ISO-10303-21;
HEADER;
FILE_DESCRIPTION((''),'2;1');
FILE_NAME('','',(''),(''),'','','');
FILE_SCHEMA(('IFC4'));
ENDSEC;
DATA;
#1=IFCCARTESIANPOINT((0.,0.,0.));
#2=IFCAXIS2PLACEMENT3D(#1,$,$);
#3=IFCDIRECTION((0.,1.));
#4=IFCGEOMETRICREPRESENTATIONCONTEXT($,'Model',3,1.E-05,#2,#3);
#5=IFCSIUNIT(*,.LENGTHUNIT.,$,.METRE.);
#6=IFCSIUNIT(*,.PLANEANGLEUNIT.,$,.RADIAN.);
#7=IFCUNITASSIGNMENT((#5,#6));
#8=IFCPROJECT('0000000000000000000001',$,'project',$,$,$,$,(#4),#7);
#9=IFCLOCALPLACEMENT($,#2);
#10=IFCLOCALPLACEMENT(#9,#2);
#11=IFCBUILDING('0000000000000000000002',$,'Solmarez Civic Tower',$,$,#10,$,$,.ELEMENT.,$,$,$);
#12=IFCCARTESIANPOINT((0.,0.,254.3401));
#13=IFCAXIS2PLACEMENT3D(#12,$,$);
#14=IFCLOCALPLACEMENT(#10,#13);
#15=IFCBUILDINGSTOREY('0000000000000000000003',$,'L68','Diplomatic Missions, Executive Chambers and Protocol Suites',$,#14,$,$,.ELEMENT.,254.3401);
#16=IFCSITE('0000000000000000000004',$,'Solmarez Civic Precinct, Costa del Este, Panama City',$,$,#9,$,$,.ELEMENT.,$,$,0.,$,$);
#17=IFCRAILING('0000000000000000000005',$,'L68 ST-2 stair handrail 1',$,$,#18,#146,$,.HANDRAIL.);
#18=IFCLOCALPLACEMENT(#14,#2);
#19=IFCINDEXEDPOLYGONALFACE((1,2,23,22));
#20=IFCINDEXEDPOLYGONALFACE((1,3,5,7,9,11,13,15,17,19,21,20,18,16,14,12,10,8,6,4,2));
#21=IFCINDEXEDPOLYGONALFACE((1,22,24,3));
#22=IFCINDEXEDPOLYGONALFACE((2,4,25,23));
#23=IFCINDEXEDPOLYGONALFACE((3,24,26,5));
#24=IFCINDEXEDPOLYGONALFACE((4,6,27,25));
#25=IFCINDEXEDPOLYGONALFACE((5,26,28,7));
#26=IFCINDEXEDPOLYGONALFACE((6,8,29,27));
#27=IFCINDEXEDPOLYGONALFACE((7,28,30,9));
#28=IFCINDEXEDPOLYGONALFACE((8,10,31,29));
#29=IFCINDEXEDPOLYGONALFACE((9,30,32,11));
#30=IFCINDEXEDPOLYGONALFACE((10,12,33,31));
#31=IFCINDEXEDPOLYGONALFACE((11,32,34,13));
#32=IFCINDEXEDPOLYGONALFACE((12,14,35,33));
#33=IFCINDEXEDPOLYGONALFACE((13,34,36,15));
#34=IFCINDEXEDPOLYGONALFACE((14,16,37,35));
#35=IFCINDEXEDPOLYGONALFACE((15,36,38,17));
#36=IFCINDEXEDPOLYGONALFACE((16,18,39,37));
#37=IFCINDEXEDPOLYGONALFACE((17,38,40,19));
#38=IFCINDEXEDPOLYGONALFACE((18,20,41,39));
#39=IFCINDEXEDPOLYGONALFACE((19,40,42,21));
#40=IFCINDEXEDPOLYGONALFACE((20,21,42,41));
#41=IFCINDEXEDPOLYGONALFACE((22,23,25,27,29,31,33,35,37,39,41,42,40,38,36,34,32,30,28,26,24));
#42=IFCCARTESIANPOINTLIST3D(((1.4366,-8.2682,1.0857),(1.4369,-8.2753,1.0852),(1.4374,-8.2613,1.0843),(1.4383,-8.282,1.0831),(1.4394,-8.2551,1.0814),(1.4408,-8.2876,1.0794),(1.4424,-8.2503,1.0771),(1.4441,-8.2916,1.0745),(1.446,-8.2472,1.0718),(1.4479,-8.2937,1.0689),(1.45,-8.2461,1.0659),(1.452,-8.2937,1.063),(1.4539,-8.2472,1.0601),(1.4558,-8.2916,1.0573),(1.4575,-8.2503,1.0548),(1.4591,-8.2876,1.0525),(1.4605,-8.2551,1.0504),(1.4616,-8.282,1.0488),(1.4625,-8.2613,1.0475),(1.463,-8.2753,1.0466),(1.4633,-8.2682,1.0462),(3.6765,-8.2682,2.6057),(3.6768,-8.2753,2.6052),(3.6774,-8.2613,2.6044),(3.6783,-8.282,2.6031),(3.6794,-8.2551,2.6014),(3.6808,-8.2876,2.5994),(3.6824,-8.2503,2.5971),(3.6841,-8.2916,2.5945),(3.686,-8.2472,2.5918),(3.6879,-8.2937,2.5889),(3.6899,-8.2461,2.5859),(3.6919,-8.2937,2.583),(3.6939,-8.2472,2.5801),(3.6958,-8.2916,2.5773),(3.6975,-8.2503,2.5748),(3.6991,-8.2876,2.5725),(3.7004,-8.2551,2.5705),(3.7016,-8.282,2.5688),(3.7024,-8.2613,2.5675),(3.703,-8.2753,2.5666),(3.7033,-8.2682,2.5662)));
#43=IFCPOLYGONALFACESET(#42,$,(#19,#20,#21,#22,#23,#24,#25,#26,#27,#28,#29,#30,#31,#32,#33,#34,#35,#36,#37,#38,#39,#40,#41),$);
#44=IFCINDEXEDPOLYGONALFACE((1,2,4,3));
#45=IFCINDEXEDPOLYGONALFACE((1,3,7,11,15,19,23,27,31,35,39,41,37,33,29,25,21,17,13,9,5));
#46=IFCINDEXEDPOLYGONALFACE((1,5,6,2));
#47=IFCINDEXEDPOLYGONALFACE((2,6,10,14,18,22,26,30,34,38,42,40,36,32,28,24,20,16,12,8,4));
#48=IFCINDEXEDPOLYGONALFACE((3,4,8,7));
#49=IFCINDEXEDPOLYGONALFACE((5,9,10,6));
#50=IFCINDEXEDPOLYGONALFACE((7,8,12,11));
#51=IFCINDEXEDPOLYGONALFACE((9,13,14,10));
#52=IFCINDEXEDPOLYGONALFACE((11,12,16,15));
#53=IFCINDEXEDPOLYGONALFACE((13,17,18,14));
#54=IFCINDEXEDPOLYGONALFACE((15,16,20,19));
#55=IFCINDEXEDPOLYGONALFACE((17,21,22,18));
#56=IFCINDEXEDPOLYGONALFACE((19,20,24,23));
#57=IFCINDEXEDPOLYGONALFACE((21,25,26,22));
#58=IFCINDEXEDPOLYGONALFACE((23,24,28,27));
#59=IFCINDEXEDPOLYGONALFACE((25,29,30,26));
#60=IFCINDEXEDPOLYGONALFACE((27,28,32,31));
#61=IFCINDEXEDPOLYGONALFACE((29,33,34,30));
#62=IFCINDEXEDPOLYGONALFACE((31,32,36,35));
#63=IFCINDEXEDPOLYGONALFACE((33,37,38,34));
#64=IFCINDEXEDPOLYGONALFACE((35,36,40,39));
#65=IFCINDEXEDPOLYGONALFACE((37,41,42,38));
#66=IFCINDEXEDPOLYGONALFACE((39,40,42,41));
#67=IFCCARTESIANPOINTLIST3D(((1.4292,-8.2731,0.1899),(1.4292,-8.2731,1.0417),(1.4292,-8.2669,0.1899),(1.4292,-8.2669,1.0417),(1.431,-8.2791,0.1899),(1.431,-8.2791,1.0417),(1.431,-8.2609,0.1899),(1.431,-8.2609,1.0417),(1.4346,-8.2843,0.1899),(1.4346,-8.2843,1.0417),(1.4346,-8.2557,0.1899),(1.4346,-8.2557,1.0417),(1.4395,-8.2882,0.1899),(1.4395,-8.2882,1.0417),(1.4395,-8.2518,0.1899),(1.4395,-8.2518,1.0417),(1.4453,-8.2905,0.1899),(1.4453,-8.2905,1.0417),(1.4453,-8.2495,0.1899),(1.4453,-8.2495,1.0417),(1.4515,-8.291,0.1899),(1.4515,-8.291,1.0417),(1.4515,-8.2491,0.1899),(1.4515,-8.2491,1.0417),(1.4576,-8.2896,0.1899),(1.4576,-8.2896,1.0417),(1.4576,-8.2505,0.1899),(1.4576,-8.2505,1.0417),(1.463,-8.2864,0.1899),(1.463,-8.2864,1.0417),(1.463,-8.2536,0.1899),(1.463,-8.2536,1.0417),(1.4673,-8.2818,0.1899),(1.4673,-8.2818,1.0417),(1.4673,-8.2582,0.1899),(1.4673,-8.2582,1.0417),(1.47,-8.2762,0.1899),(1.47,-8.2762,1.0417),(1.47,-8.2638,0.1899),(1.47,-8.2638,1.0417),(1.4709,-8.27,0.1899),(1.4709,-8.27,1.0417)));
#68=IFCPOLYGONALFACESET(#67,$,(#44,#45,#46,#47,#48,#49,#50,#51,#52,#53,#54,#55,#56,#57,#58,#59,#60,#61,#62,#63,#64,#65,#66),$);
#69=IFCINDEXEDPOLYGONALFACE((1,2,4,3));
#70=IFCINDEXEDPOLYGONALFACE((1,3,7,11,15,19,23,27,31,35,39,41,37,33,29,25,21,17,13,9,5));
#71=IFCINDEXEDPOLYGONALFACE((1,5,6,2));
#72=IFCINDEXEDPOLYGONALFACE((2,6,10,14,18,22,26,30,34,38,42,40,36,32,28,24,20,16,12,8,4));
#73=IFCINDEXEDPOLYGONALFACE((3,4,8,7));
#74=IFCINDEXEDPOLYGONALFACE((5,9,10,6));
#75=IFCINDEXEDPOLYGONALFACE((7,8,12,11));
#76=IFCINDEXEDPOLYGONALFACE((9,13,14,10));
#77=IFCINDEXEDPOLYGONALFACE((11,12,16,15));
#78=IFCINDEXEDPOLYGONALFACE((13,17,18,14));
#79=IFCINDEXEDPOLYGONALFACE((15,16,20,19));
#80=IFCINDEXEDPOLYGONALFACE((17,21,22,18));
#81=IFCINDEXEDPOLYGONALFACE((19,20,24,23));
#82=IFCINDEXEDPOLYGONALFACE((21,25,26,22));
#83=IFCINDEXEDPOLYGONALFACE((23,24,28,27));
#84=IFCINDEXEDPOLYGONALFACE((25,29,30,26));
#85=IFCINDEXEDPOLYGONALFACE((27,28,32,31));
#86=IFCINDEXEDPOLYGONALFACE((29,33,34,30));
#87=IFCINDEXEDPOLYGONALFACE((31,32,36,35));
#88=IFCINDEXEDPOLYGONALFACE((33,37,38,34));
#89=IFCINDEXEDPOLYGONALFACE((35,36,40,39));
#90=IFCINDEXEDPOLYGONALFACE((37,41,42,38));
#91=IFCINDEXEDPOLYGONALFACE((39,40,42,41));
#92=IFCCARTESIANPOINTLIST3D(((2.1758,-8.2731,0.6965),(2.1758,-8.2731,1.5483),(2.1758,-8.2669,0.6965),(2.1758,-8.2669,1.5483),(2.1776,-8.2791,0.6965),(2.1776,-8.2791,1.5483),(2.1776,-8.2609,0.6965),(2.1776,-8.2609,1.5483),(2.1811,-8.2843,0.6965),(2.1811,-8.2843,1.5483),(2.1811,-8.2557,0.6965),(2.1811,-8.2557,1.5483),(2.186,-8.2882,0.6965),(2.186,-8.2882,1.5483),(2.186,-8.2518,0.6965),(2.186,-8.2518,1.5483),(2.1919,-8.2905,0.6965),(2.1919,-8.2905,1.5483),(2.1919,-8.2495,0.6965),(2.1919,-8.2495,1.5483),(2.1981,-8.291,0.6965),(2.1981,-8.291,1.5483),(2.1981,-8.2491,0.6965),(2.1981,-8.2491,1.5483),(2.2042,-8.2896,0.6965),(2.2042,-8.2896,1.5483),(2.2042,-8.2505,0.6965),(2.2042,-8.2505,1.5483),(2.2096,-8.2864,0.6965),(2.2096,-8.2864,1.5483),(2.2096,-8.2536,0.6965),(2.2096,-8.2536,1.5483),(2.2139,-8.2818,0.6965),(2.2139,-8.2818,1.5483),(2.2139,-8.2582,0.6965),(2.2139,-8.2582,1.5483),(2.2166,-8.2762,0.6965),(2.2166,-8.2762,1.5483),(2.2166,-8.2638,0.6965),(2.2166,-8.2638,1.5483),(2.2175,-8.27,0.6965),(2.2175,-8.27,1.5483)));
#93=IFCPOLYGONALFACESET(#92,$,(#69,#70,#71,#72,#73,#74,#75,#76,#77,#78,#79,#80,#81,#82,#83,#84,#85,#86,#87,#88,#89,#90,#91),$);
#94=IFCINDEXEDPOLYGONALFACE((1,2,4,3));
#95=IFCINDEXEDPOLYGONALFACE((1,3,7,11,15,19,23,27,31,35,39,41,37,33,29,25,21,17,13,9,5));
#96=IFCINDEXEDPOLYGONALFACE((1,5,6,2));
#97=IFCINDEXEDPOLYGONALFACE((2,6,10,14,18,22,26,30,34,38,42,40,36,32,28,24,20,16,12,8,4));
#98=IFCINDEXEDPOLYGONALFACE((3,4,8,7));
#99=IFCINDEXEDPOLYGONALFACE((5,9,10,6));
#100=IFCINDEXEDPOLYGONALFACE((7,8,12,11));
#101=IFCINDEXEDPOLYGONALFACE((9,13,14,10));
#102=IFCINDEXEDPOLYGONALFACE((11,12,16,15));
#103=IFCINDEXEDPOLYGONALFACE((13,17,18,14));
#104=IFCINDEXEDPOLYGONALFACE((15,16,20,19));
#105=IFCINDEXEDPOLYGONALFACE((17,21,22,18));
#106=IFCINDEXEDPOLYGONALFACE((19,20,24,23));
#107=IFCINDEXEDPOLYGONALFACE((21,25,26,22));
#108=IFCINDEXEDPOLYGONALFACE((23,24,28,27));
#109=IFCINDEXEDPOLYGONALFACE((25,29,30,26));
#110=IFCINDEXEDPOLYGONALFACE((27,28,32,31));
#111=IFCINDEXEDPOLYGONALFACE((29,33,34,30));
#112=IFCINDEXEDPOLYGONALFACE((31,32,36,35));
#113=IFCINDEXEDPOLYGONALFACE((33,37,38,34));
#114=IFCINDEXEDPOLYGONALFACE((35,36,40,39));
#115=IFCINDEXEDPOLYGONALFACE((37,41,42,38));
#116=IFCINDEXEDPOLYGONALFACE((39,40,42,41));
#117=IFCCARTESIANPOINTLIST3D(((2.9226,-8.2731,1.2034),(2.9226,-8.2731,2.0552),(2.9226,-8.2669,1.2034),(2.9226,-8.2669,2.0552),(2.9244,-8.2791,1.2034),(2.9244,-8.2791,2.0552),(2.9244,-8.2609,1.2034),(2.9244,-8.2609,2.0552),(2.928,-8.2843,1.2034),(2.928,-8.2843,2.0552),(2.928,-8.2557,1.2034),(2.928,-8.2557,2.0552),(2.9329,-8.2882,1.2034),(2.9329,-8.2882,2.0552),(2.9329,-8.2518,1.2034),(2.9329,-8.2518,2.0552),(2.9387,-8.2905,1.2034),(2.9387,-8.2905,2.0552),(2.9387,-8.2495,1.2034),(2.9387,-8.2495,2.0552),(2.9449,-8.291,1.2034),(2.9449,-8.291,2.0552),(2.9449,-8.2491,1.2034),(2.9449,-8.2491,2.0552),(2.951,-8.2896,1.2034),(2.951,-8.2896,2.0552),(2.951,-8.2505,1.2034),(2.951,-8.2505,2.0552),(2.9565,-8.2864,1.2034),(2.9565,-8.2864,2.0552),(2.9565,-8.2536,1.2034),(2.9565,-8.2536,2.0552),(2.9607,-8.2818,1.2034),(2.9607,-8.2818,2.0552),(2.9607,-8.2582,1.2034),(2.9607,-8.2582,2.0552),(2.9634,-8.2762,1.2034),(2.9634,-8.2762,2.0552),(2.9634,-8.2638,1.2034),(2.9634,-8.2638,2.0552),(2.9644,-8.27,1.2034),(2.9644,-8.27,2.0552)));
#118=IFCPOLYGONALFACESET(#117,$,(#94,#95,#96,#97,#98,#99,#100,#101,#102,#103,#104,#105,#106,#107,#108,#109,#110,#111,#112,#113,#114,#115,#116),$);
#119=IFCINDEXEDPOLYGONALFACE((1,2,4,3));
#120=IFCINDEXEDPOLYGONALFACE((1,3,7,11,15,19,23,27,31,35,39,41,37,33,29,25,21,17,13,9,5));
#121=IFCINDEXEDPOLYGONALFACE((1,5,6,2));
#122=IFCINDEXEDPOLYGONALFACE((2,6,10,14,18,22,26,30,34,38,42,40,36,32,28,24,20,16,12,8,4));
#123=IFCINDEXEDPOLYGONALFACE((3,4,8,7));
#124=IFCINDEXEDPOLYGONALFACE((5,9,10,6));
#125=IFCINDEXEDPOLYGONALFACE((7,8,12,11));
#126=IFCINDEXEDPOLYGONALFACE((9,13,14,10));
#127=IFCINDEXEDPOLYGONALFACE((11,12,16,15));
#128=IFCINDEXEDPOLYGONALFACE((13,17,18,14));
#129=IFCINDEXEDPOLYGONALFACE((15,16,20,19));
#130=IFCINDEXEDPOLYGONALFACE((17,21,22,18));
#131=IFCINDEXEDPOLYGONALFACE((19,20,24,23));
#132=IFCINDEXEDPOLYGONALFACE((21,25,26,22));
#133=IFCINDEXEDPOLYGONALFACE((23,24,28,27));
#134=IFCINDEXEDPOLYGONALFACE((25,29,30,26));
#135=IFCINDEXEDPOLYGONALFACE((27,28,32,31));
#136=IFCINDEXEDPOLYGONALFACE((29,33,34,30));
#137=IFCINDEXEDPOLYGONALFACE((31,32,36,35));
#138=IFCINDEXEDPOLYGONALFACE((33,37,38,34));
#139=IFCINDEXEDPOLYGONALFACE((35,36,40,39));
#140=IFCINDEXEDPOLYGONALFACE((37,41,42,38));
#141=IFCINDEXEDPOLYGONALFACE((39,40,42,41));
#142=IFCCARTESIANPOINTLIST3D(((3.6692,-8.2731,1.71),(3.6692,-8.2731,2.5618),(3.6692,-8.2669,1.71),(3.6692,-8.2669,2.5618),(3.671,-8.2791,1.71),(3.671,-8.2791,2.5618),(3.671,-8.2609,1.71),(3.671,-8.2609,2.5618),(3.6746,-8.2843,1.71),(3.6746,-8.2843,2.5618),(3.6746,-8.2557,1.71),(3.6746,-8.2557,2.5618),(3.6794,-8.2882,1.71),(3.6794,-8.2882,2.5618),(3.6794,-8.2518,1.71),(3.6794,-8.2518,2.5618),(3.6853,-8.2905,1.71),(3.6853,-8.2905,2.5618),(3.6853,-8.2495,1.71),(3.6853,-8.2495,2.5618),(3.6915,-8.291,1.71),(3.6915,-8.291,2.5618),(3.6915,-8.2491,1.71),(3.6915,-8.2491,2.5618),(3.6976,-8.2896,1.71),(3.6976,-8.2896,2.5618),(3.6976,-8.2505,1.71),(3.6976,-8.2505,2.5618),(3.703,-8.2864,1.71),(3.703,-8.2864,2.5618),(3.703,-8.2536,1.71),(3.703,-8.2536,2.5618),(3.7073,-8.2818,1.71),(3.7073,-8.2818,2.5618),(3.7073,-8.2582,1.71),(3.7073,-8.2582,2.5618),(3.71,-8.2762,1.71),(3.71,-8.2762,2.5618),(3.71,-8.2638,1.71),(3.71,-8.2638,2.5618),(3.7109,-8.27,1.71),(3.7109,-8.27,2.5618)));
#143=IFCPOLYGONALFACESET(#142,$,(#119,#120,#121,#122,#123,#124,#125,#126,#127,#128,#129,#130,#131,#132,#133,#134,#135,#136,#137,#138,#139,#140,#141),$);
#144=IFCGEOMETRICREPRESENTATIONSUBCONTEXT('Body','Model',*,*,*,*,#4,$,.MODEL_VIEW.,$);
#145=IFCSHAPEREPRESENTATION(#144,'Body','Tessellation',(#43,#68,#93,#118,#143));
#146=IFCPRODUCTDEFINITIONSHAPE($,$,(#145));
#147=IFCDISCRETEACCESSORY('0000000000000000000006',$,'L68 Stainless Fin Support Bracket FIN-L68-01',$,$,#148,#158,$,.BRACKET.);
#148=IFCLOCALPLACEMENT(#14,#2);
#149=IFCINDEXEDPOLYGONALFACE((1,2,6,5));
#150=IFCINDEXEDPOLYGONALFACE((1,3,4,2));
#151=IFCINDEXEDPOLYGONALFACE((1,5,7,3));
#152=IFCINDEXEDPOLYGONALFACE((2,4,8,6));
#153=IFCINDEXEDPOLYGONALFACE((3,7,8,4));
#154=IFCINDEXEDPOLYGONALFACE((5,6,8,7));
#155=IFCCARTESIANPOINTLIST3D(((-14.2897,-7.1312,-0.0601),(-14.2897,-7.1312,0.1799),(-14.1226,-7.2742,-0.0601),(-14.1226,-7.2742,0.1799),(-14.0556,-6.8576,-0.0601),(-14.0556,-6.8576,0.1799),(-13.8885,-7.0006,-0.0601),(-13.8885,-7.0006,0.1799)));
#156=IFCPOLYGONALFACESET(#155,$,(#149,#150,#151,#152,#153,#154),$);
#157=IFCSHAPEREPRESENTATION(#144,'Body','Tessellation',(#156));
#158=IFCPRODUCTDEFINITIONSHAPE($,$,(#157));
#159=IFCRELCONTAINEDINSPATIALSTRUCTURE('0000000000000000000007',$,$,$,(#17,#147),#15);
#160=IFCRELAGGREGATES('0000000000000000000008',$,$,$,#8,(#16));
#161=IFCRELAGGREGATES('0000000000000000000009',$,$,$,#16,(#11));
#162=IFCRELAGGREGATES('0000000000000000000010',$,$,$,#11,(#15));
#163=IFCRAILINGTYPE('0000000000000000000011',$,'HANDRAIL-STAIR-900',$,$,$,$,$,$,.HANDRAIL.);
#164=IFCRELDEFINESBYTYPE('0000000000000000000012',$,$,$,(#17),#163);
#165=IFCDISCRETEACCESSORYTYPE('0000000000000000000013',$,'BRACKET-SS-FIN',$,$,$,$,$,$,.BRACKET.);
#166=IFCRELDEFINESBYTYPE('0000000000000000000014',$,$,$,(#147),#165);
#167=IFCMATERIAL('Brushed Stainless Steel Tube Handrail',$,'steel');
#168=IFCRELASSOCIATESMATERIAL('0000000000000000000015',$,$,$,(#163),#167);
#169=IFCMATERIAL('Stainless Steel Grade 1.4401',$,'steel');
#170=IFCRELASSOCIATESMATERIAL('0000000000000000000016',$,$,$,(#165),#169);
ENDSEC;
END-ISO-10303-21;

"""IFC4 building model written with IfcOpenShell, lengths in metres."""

from ifc_helpers import new_model, si_unit, direction, frame, origin, origin_2d, place, context, subcontext, project, spatial, rectangle, circle, extrude, material, type_object, element, save


model = new_model("IFC4")

# Units and contexts
model_context = context("Model", 3, precision=1e-05, world=origin(), true_north=direction((0.0, 1.0)))
body_context = subcontext(model_context, "Body", "Model", "MODEL_VIEW")
ifc_project = project(units=[si_unit("LENGTHUNIT", "METRE"), si_unit("PLANEANGLEUNIT", "RADIAN")], contexts=[model_context])

# Site, building, storey
site_placement = place(None, origin())
site = spatial("IfcSite", under=ifc_project, at=site_placement, Name="Solmarez Civic Precinct, Costa del Este, Panama City", CompositionType="ELEMENT", RefElevation=0.0)
building_placement = place(site_placement, origin())
building = spatial("IfcBuilding", under=site, at=building_placement, Name="Solmarez Civic Tower", CompositionType="ELEMENT")
storey_placement = place(building_placement, frame((0.0, 0.0, 254.3401)))
storey = spatial("IfcBuildingStorey", under=building, at=storey_placement, Name="L68", Description="Diplomatic Missions, Executive Chambers and Protocol Suites", CompositionType="ELEMENT", Elevation=254.3401)

# Railing
ifc_material_1 = material(Name="Brushed Stainless Steel Tube Handrail", Category="steel")
railing_type_1 = type_object("IfcRailingType", Name="HANDRAIL-STAIR-900", PredefinedType="HANDRAIL", material=ifc_material_1)
railing_1_placement = place(storey_placement, frame((1.45, -8.27, 0.1899)))
element("IfcRailing", 1, at=railing_1_placement, inside=storey, type_object=railing_type_1, Name="L68 ST-2 stair handrail 1", PredefinedType="HANDRAIL", context=body_context, shape_type="SweptSolid", body=[
    extrude(circle(Radius=0.0239, at=origin_2d()), frame((0.0, 0.0, 0.876), z_axis=(0.827471, 0.0, 0.561508), x_axis=(0.0, 1.0, 0.0)), (0.0, 0.0, 1.0), 2.707),
    extrude(circle(Radius=0.021, at=origin_2d()), origin(), (0.0, 0.0, 1.0), 0.8518),
    extrude(circle(Radius=0.021, at=origin_2d()), frame((0.7466, 0.0, 0.5066)), (0.0, 0.0, 1.0), 0.8518),
    extrude(circle(Radius=0.021, at=origin_2d()), frame((1.4934, 0.0, 1.0134)), (0.0, 0.0, 1.0), 0.8518),
    extrude(circle(Radius=0.021, at=origin_2d()), frame((2.24, 0.0, 1.52)), (0.0, 0.0, 1.0), 0.8518),
])

# Discrete accessory
ifc_material_2 = material(Name="Stainless Steel Grade 1.4401", Category="steel")
discrete_accessory_type = type_object("IfcDiscreteAccessoryType", Name="BRACKET-SS-FIN", PredefinedType="BRACKET", material=ifc_material_2)
discrete_accessory_placement = place(storey_placement, frame((-14.0891, -7.0659, -0.0601), z_axis=(0.0, 0.0, 1.0), x_axis=(-0.650256, -0.759715, 0.0)))
element("IfcDiscreteAccessory", 2, at=discrete_accessory_placement, inside=storey, type_object=discrete_accessory_type, Name="L68 Stainless Fin Support Bracket FIN-L68-01", PredefinedType="BRACKET", context=body_context, shape_type="SweptSolid", body=[
    extrude(rectangle(XDim=0.3601, YDim=0.22, at=origin_2d()), origin(), (0.0, 0.0, 1.0), 0.24),
])

save(model, "model.ifc")
